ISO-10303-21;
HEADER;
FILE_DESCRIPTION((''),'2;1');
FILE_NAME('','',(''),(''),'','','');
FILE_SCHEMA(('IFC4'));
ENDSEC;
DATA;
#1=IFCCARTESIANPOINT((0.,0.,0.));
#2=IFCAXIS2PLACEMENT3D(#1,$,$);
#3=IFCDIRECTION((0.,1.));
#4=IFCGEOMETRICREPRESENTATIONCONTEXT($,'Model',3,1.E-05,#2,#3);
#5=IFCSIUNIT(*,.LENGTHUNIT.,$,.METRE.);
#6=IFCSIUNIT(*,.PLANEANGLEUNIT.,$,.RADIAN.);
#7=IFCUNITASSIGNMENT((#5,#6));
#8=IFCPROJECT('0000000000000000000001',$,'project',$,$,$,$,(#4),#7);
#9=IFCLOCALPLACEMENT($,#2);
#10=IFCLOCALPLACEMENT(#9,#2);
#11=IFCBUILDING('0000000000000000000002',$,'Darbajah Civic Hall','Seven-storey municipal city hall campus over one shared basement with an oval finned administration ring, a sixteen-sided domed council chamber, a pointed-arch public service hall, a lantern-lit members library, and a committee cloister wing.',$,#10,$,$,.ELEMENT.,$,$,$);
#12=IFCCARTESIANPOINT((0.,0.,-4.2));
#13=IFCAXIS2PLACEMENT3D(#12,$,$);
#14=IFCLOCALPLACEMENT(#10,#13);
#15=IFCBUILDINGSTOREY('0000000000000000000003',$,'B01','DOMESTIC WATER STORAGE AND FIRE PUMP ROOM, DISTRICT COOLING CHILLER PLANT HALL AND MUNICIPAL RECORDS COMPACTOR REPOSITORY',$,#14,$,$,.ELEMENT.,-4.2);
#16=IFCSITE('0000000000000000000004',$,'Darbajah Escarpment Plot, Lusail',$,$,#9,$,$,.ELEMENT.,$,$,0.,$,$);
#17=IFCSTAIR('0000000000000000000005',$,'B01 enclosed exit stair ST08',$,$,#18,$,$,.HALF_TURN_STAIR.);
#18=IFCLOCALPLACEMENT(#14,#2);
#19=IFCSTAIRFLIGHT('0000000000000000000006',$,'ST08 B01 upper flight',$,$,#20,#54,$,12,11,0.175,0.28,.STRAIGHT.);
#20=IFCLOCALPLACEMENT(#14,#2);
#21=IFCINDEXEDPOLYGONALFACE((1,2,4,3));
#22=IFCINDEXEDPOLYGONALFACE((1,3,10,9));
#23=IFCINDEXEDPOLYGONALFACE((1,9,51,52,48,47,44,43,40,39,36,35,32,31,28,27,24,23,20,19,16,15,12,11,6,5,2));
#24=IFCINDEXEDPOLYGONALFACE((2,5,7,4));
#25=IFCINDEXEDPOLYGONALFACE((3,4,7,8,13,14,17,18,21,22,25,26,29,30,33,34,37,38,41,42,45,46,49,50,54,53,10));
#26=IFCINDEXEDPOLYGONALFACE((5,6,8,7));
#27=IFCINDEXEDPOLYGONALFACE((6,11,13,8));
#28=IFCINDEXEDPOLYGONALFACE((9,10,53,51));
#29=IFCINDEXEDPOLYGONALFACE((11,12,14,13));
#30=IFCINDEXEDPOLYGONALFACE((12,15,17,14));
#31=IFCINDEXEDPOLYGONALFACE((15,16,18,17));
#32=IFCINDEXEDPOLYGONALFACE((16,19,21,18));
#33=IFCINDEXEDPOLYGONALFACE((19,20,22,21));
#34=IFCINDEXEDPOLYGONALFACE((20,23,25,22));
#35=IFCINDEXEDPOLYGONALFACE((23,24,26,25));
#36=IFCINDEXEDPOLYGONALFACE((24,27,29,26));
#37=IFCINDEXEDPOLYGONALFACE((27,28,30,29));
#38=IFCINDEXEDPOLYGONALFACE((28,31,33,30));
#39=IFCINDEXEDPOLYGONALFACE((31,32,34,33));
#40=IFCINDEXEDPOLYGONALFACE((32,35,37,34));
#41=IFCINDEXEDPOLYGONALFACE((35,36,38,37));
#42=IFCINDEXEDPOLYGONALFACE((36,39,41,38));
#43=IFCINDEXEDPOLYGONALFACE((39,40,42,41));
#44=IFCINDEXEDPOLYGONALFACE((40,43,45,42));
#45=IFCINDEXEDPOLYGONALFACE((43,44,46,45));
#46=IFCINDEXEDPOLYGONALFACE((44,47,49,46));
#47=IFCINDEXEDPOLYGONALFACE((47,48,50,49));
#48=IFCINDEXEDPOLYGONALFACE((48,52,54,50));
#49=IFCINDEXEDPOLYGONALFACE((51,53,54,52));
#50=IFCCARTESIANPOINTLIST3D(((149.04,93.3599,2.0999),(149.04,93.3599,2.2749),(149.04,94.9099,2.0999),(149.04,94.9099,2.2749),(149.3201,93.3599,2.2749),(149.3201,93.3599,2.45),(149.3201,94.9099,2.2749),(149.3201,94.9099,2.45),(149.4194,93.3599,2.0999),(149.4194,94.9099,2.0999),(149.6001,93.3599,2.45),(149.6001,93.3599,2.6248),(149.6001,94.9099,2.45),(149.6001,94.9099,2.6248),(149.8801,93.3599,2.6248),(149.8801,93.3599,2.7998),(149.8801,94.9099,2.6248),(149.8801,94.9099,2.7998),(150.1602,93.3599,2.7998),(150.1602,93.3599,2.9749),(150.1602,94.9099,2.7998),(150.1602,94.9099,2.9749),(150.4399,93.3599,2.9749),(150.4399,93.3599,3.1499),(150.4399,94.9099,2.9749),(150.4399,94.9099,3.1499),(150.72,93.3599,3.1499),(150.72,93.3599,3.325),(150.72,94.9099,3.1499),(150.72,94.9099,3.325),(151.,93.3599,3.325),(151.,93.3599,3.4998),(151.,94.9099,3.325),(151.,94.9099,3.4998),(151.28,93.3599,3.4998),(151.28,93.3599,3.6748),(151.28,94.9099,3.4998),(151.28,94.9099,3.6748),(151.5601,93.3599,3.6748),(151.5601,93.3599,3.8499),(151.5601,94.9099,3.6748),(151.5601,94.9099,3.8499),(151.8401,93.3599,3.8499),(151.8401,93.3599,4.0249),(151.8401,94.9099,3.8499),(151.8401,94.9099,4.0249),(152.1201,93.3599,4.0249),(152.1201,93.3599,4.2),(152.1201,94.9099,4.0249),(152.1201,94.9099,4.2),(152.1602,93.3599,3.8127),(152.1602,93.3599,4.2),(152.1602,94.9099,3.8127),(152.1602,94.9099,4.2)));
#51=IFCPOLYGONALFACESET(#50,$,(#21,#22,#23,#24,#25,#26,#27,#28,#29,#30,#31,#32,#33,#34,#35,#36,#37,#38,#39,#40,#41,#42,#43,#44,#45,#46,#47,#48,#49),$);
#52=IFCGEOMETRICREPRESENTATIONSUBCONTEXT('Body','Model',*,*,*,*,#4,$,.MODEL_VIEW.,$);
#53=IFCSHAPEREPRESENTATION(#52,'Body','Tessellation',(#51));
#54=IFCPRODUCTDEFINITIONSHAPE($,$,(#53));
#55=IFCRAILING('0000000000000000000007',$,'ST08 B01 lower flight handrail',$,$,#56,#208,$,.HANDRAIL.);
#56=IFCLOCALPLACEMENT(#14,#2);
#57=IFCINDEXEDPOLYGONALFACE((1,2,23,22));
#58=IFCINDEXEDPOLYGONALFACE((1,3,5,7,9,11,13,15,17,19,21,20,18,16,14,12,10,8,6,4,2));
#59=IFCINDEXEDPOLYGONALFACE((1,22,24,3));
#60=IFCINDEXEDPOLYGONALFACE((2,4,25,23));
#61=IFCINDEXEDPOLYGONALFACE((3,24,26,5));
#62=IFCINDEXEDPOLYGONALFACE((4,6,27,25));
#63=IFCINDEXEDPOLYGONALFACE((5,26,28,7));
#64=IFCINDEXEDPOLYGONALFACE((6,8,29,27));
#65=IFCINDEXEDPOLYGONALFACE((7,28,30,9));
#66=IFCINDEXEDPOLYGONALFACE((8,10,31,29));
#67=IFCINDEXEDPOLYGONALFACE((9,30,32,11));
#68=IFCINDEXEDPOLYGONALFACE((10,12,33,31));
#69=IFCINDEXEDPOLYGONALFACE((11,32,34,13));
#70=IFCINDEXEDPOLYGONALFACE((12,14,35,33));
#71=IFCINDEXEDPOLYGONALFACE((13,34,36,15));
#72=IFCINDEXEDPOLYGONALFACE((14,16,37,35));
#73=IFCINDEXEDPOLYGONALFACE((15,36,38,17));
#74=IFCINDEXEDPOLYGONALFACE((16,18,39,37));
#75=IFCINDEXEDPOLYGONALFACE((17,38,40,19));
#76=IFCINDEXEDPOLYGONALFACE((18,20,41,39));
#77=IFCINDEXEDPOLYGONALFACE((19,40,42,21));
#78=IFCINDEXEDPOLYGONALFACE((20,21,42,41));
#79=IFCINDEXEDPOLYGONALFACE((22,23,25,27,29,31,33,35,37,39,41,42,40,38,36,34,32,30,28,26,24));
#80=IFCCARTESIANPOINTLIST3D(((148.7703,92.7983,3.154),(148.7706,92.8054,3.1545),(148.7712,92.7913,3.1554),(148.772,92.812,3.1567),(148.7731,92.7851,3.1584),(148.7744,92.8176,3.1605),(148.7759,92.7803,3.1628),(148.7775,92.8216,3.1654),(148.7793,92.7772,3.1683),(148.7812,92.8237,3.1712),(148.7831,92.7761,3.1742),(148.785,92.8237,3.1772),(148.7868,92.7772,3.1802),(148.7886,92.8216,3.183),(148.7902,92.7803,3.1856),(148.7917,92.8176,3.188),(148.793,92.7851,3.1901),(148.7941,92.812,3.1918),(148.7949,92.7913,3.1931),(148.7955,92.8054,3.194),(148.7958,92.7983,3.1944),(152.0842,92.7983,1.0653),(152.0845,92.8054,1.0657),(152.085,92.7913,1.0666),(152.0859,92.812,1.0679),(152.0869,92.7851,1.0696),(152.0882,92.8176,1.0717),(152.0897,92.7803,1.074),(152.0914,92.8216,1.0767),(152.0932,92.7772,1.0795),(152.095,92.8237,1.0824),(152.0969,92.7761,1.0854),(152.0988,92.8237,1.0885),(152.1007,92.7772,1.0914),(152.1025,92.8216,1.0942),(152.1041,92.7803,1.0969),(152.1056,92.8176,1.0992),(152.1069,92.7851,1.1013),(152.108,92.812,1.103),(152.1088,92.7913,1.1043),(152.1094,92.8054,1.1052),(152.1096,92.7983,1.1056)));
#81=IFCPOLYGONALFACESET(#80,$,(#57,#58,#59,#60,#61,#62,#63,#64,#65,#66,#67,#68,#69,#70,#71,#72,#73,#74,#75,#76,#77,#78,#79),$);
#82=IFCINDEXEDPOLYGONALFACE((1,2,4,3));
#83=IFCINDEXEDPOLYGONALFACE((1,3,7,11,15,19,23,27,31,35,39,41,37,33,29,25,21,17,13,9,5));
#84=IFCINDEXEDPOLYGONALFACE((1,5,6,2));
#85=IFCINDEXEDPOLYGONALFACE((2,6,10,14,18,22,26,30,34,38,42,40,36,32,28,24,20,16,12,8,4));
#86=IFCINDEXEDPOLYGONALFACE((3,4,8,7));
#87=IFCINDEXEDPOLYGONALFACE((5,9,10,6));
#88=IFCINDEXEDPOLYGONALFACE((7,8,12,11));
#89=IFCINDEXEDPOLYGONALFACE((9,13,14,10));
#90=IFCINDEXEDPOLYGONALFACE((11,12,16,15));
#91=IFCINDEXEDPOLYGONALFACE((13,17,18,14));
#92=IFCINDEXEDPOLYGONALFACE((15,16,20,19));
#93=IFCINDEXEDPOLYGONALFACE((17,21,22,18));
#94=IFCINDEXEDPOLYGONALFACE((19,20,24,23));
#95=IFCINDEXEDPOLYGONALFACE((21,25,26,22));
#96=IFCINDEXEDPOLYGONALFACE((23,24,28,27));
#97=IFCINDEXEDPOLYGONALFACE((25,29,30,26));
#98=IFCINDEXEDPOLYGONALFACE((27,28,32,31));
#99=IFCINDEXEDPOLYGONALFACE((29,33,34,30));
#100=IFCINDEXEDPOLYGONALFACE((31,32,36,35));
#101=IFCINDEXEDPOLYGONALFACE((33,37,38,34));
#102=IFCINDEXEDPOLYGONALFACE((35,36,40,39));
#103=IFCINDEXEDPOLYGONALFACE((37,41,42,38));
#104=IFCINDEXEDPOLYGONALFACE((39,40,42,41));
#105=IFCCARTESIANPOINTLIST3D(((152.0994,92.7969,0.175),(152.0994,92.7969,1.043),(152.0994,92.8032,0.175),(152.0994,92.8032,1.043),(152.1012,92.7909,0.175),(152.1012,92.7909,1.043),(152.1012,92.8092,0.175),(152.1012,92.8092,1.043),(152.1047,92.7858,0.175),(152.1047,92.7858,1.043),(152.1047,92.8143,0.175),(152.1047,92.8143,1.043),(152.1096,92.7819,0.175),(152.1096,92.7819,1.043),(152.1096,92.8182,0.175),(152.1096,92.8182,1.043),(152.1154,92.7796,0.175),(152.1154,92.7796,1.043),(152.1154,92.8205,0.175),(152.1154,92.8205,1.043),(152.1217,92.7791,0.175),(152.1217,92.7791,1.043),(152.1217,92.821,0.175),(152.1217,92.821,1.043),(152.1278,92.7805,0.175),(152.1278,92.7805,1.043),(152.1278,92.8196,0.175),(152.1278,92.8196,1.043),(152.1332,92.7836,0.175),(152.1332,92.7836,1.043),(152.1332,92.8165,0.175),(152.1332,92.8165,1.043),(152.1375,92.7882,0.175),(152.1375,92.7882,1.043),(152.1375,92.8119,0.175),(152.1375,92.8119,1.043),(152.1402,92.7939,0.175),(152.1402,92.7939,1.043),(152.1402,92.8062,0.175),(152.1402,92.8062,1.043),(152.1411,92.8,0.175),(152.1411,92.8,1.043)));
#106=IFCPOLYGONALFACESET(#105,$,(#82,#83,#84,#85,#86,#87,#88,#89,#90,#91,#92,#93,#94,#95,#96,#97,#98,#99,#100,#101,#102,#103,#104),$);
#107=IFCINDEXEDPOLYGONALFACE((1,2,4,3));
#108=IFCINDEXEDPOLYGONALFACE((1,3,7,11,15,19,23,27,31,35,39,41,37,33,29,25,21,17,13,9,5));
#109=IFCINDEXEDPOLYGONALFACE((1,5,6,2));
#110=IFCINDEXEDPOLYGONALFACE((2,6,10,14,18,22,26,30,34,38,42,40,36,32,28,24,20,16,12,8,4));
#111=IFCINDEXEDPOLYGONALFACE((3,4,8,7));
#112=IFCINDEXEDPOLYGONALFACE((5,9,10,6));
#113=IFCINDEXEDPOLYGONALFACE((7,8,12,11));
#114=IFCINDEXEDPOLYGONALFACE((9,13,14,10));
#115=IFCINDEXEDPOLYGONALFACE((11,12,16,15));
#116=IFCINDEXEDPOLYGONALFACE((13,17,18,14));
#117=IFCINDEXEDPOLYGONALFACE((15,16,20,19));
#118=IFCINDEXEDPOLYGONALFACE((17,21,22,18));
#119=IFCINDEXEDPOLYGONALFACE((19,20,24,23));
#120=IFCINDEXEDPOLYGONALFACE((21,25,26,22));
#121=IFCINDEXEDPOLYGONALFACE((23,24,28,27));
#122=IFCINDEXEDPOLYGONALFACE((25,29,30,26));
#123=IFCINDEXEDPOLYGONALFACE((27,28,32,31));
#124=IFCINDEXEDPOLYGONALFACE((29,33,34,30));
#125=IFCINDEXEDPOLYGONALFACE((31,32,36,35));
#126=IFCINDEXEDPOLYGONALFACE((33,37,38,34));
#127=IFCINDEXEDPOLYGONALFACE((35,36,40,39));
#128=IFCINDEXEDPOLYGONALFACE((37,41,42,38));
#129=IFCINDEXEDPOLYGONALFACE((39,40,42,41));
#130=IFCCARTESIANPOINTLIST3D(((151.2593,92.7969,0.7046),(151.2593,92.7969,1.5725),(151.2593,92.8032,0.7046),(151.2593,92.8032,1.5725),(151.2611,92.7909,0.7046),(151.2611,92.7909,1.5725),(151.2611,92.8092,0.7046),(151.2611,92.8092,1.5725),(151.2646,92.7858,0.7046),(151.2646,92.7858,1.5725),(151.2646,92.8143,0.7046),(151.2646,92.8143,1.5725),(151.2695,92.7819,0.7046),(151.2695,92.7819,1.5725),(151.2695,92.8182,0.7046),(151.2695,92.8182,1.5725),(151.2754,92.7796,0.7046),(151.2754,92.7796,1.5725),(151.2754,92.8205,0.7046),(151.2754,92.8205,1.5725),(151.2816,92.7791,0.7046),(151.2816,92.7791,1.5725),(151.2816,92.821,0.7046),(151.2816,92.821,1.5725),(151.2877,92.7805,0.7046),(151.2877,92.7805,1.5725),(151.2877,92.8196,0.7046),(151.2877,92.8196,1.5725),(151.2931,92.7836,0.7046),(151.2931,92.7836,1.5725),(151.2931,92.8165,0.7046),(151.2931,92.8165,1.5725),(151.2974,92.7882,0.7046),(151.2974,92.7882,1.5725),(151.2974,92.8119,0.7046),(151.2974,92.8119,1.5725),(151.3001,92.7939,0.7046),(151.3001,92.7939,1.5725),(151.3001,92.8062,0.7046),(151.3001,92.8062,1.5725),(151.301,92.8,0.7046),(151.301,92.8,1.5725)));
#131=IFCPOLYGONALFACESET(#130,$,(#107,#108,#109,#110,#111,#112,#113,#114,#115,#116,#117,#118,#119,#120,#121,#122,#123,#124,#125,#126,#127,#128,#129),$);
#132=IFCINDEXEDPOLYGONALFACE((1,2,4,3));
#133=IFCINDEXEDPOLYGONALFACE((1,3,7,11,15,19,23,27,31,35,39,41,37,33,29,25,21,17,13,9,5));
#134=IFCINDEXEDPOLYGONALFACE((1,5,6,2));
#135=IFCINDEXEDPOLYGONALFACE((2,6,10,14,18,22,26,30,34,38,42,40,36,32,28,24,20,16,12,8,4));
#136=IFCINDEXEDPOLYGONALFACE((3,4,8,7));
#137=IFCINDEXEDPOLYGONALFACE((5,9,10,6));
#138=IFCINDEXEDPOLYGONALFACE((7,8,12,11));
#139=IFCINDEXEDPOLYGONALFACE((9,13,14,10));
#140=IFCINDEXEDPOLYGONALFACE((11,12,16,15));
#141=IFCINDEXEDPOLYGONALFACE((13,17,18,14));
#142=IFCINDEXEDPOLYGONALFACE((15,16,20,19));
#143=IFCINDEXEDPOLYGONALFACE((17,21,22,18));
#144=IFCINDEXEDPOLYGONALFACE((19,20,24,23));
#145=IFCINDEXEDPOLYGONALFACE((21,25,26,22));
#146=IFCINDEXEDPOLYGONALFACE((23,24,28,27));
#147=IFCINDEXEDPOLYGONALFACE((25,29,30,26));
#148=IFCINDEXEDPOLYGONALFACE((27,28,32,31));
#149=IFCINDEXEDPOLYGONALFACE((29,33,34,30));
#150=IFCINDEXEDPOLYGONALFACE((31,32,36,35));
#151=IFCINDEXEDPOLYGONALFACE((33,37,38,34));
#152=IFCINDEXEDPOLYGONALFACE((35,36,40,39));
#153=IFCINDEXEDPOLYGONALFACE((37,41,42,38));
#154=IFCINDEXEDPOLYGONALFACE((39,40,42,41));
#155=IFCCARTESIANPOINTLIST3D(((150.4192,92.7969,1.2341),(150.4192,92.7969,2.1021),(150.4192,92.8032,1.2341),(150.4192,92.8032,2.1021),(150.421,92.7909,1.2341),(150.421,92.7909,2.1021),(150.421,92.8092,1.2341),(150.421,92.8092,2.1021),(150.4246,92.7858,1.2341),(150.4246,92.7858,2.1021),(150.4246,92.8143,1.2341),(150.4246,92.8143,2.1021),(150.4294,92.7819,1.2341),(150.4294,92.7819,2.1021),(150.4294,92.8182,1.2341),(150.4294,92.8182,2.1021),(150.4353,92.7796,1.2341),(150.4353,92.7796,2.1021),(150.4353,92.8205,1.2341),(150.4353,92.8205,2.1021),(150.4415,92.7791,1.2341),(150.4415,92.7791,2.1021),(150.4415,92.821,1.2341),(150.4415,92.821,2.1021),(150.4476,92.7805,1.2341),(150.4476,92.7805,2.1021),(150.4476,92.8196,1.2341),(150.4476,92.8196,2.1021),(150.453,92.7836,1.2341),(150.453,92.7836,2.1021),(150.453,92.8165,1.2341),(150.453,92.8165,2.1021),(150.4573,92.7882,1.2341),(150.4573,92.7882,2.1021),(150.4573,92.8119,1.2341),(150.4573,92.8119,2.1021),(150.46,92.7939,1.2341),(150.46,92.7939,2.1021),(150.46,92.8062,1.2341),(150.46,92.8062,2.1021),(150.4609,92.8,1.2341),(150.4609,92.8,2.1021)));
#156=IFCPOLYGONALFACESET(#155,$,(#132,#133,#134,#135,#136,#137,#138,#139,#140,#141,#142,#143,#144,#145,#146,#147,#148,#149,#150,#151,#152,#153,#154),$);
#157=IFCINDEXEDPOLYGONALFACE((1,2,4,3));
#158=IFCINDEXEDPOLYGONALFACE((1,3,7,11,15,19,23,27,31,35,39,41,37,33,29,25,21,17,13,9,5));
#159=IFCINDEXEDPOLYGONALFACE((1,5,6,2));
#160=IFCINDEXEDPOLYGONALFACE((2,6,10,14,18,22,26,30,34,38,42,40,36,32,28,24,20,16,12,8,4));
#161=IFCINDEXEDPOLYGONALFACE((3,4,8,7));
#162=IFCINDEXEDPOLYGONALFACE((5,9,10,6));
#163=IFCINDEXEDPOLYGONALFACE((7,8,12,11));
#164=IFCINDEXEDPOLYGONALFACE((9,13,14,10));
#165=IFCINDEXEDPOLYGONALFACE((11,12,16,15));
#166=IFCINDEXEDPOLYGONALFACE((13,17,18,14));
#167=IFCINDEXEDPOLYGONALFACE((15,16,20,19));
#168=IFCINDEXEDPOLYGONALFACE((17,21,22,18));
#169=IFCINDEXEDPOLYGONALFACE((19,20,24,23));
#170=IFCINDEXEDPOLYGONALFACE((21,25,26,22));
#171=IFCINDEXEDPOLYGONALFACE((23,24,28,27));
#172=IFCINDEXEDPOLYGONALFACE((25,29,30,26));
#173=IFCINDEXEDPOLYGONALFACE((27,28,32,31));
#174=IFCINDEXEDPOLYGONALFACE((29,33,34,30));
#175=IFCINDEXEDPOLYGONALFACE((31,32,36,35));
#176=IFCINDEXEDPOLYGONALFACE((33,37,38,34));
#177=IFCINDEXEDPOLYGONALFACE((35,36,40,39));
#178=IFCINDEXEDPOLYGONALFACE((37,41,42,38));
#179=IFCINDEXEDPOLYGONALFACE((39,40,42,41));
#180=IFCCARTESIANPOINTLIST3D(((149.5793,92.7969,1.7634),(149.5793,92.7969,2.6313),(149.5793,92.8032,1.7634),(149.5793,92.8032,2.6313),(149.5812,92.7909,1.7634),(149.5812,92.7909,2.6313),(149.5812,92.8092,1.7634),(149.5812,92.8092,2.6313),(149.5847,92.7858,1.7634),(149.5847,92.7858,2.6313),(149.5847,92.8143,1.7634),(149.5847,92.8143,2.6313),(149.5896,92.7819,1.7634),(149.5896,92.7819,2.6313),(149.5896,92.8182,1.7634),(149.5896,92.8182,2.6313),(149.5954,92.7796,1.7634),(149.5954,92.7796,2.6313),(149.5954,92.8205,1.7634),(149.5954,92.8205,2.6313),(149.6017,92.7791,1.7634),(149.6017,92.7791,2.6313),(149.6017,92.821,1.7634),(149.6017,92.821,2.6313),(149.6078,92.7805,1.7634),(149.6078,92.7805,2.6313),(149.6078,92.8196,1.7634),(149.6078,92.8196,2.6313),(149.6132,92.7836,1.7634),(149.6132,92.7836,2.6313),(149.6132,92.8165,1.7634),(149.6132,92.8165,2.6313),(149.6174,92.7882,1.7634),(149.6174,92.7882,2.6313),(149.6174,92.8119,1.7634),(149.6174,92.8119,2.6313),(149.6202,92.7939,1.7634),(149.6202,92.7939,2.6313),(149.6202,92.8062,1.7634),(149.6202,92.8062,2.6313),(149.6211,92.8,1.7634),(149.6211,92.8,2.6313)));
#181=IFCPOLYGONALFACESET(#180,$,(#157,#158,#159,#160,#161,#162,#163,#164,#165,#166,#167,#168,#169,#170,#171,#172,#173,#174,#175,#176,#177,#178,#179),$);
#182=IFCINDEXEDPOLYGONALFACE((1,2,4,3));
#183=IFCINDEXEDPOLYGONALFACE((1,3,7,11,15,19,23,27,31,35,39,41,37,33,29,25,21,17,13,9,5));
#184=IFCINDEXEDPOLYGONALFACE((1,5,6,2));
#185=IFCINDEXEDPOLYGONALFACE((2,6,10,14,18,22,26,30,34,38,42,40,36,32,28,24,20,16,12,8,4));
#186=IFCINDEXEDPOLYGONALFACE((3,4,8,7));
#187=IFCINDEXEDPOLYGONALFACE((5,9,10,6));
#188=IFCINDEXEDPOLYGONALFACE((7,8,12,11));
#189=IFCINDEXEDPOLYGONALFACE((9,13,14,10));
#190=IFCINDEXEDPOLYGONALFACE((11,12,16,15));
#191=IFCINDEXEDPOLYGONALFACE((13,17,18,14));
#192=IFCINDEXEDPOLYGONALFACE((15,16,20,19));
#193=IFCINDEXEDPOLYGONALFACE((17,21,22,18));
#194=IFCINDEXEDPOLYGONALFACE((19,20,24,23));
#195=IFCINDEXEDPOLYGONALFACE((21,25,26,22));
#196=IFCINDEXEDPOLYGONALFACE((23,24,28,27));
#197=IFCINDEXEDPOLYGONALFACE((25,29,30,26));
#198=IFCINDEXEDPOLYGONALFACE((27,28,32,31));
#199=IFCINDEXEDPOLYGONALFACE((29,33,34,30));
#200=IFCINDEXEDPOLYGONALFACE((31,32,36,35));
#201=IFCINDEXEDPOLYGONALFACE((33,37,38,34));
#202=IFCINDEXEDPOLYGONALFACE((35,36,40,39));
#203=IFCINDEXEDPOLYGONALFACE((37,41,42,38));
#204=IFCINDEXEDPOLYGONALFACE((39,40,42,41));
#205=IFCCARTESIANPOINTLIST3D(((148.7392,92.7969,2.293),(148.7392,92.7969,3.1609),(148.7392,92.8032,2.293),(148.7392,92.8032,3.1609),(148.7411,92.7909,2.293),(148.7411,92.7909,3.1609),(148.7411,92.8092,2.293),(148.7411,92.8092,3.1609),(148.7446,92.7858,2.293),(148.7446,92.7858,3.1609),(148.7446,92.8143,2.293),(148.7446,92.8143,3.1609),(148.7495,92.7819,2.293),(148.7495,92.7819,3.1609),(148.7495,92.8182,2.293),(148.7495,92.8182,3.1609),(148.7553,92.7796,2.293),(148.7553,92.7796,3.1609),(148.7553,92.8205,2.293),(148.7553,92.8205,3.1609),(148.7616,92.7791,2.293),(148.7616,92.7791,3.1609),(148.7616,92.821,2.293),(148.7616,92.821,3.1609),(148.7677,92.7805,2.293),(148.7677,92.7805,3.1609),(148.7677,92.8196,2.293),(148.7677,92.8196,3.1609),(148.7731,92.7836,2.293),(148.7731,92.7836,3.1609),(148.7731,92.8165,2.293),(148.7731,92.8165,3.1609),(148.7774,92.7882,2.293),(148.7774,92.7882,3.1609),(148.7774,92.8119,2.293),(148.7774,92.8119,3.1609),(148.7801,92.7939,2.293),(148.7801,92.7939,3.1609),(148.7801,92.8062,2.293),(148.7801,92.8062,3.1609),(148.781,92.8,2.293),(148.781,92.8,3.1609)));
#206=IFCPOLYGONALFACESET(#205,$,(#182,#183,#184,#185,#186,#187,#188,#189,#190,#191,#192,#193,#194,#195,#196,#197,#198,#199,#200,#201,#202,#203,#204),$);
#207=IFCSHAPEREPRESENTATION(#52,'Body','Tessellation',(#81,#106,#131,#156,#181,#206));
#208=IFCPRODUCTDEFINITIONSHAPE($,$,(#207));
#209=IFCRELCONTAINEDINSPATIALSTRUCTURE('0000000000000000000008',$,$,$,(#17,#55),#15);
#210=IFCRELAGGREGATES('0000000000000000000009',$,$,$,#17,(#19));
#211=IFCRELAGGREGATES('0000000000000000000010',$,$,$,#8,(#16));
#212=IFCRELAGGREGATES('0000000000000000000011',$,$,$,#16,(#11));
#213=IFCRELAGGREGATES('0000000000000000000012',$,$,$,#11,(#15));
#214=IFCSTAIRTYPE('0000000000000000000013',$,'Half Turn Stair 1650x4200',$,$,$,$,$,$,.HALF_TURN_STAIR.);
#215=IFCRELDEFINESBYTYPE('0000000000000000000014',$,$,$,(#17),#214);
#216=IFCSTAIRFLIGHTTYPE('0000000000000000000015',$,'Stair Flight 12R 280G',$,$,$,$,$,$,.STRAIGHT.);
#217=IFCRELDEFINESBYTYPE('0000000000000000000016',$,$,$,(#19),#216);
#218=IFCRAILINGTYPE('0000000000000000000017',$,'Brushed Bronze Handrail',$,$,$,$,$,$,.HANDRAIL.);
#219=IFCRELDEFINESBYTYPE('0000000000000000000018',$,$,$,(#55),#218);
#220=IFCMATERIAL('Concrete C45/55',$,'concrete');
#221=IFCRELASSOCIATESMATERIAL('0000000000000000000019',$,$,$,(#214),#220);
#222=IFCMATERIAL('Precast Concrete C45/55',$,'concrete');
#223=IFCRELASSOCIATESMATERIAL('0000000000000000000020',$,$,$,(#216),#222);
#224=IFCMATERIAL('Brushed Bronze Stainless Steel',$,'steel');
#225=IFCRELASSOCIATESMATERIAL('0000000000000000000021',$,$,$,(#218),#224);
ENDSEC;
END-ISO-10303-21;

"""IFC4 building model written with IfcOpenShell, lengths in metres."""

from ifc_helpers import new_model, si_unit, direction, frame, origin, origin_2d, place, context, subcontext, project, spatial, polyline, circle, outline, extrude, material, type_object, element, aggregate, save


model = new_model("IFC4")

# Units and contexts
model_context = context("Model", 3, precision=1e-05, world=origin(), true_north=direction((0.0, 1.0)))
body_context = subcontext(model_context, "Body", "Model", "MODEL_VIEW")
ifc_project = project(units=[si_unit("LENGTHUNIT", "METRE"), si_unit("PLANEANGLEUNIT", "RADIAN")], contexts=[model_context])

# Site, building, storey
site_placement = place(None, origin())
site = spatial("IfcSite", under=ifc_project, at=site_placement, Name="Darbajah Escarpment Plot, Lusail", CompositionType="ELEMENT", RefElevation=0.0)
building_placement = place(site_placement, origin())
building = spatial("IfcBuilding", under=site, at=building_placement, Name="Darbajah Civic Hall", Description="Seven-storey municipal city hall campus over one shared basement with an oval finned administration ring, a sixteen-sided domed council chamber, a pointed-arch public service hall, a lantern-lit members library, and a committee cloister wing.", CompositionType="ELEMENT")
storey_placement = place(building_placement, frame((0.0, 0.0, -4.2)))
storey = spatial("IfcBuildingStorey", under=building, at=storey_placement, Name="B01", Description="DOMESTIC WATER STORAGE AND FIRE PUMP ROOM, DISTRICT COOLING CHILLER PLANT HALL AND MUNICIPAL RECORDS COMPACTOR REPOSITORY", CompositionType="ELEMENT", Elevation=-4.2)

# Shared definitions
ifc_material_1 = material(Name="Concrete C45/55", Category="concrete")

# Stair, stair flight
stair_type = type_object("IfcStairType", Name="Half Turn Stair 1650x4200", PredefinedType="HALF_TURN_STAIR", material=ifc_material_1)
stair_placement = place(storey_placement, origin())
stair = element("IfcStair", 1, at=stair_placement, inside=storey, type_object=stair_type, Name="B01 enclosed exit stair ST08", PredefinedType="HALF_TURN_STAIR")
ifc_material_2 = material(Name="Precast Concrete C45/55", Category="concrete")
stair_flight_type = type_object("IfcStairFlightType", Name="Stair Flight 12R 280G", PredefinedType="STRAIGHT", material=ifc_material_2)
stair_flight_1_placement = place(storey_placement, frame((149.04, 94.135, 2.0999), z_axis=(0.0, 0.0, 1.0), x_axis=(1.0, 0.0, 0.0)))
stair_flight_1 = element("IfcStairFlight", 2, at=stair_flight_1_placement, type_object=stair_flight_type, Name="ST08 B01 upper flight", NumberOfRisers=12, NumberOfTreads=11, PredefinedType="STRAIGHT", RiserHeight=0.175, TreadLength=0.28, context=body_context, shape_type="SweptSolid", body=[
    extrude(outline(polyline([(0.0, 0.0), (0.0, 0.175), (0.28, 0.175), (0.28, 0.3501), (0.5601, 0.3501), (0.5601, 0.5249), (0.8401, 0.5249), (0.8401, 0.7), (1.1201, 0.7), (1.1201, 0.875), (1.3999, 0.875), (1.3999, 1.05), (1.6799, 1.05), (1.6799, 1.2251), (1.96, 1.2251), (1.96, 1.3999), (2.24, 1.3999), (2.24, 1.575), (2.52, 1.575), (2.52, 1.75), (2.8, 1.75), (2.8, 1.925), (3.0801, 1.925), (3.0801, 2.1001), (3.1201, 2.1001), (3.1201, 1.7129), (0.3794, 0.0), (0.0, 0.0)])), frame((0.0, 0.7749, 0.0), z_axis=(0.0, -1.0, 0.0), x_axis=(1.0, 0.0, 0.0)), (0.0, 0.0, 1.0), 1.55),
])
aggregate(stair, [stair_flight_1])

# Railing
ifc_material_3 = material(Name="Brushed Bronze Stainless Steel", Category="steel")
railing_type_1 = type_object("IfcRailingType", Name="Brushed Bronze Handrail", PredefinedType="HANDRAIL", material=ifc_material_3)
railing_1_placement = place(storey_placement, frame((152.1201, 92.8, 0.175)))
element("IfcRailing", 3, at=railing_1_placement, inside=storey, type_object=railing_type_1, Name="ST08 B01 lower flight handrail", PredefinedType="HANDRAIL", context=body_context, shape_type="SweptSolid", body=[
    extrude(circle(Radius=0.0239, at=origin_2d()), frame((-0.0232, 0.0, 0.9104), z_axis=(-0.845972, 0.0, 0.533227), x_axis=(0.0, -1.0, 0.0)), (0.0, 0.0, 1.0), 3.9172),
    extrude(circle(Radius=0.021, at=origin_2d()), origin(), (0.0, 0.0, 1.0), 0.8679),
    extrude(circle(Radius=0.021, at=origin_2d()), frame((-0.8401, 0.0, 0.5295)), (0.0, 0.0, 1.0), 0.8679),
    extrude(circle(Radius=0.021, at=origin_2d()), frame((-1.6802, 0.0, 1.0591)), (0.0, 0.0, 1.0), 0.8679),
    extrude(circle(Radius=0.021, at=origin_2d()), frame((-2.52, 0.0, 1.5884)), (0.0, 0.0, 1.0), 0.8679),
    extrude(circle(Radius=0.021, at=origin_2d()), frame((-3.3601, 0.0, 2.1179)), (0.0, 0.0, 1.0), 0.8679),
])

save(model, "model.ifc")
